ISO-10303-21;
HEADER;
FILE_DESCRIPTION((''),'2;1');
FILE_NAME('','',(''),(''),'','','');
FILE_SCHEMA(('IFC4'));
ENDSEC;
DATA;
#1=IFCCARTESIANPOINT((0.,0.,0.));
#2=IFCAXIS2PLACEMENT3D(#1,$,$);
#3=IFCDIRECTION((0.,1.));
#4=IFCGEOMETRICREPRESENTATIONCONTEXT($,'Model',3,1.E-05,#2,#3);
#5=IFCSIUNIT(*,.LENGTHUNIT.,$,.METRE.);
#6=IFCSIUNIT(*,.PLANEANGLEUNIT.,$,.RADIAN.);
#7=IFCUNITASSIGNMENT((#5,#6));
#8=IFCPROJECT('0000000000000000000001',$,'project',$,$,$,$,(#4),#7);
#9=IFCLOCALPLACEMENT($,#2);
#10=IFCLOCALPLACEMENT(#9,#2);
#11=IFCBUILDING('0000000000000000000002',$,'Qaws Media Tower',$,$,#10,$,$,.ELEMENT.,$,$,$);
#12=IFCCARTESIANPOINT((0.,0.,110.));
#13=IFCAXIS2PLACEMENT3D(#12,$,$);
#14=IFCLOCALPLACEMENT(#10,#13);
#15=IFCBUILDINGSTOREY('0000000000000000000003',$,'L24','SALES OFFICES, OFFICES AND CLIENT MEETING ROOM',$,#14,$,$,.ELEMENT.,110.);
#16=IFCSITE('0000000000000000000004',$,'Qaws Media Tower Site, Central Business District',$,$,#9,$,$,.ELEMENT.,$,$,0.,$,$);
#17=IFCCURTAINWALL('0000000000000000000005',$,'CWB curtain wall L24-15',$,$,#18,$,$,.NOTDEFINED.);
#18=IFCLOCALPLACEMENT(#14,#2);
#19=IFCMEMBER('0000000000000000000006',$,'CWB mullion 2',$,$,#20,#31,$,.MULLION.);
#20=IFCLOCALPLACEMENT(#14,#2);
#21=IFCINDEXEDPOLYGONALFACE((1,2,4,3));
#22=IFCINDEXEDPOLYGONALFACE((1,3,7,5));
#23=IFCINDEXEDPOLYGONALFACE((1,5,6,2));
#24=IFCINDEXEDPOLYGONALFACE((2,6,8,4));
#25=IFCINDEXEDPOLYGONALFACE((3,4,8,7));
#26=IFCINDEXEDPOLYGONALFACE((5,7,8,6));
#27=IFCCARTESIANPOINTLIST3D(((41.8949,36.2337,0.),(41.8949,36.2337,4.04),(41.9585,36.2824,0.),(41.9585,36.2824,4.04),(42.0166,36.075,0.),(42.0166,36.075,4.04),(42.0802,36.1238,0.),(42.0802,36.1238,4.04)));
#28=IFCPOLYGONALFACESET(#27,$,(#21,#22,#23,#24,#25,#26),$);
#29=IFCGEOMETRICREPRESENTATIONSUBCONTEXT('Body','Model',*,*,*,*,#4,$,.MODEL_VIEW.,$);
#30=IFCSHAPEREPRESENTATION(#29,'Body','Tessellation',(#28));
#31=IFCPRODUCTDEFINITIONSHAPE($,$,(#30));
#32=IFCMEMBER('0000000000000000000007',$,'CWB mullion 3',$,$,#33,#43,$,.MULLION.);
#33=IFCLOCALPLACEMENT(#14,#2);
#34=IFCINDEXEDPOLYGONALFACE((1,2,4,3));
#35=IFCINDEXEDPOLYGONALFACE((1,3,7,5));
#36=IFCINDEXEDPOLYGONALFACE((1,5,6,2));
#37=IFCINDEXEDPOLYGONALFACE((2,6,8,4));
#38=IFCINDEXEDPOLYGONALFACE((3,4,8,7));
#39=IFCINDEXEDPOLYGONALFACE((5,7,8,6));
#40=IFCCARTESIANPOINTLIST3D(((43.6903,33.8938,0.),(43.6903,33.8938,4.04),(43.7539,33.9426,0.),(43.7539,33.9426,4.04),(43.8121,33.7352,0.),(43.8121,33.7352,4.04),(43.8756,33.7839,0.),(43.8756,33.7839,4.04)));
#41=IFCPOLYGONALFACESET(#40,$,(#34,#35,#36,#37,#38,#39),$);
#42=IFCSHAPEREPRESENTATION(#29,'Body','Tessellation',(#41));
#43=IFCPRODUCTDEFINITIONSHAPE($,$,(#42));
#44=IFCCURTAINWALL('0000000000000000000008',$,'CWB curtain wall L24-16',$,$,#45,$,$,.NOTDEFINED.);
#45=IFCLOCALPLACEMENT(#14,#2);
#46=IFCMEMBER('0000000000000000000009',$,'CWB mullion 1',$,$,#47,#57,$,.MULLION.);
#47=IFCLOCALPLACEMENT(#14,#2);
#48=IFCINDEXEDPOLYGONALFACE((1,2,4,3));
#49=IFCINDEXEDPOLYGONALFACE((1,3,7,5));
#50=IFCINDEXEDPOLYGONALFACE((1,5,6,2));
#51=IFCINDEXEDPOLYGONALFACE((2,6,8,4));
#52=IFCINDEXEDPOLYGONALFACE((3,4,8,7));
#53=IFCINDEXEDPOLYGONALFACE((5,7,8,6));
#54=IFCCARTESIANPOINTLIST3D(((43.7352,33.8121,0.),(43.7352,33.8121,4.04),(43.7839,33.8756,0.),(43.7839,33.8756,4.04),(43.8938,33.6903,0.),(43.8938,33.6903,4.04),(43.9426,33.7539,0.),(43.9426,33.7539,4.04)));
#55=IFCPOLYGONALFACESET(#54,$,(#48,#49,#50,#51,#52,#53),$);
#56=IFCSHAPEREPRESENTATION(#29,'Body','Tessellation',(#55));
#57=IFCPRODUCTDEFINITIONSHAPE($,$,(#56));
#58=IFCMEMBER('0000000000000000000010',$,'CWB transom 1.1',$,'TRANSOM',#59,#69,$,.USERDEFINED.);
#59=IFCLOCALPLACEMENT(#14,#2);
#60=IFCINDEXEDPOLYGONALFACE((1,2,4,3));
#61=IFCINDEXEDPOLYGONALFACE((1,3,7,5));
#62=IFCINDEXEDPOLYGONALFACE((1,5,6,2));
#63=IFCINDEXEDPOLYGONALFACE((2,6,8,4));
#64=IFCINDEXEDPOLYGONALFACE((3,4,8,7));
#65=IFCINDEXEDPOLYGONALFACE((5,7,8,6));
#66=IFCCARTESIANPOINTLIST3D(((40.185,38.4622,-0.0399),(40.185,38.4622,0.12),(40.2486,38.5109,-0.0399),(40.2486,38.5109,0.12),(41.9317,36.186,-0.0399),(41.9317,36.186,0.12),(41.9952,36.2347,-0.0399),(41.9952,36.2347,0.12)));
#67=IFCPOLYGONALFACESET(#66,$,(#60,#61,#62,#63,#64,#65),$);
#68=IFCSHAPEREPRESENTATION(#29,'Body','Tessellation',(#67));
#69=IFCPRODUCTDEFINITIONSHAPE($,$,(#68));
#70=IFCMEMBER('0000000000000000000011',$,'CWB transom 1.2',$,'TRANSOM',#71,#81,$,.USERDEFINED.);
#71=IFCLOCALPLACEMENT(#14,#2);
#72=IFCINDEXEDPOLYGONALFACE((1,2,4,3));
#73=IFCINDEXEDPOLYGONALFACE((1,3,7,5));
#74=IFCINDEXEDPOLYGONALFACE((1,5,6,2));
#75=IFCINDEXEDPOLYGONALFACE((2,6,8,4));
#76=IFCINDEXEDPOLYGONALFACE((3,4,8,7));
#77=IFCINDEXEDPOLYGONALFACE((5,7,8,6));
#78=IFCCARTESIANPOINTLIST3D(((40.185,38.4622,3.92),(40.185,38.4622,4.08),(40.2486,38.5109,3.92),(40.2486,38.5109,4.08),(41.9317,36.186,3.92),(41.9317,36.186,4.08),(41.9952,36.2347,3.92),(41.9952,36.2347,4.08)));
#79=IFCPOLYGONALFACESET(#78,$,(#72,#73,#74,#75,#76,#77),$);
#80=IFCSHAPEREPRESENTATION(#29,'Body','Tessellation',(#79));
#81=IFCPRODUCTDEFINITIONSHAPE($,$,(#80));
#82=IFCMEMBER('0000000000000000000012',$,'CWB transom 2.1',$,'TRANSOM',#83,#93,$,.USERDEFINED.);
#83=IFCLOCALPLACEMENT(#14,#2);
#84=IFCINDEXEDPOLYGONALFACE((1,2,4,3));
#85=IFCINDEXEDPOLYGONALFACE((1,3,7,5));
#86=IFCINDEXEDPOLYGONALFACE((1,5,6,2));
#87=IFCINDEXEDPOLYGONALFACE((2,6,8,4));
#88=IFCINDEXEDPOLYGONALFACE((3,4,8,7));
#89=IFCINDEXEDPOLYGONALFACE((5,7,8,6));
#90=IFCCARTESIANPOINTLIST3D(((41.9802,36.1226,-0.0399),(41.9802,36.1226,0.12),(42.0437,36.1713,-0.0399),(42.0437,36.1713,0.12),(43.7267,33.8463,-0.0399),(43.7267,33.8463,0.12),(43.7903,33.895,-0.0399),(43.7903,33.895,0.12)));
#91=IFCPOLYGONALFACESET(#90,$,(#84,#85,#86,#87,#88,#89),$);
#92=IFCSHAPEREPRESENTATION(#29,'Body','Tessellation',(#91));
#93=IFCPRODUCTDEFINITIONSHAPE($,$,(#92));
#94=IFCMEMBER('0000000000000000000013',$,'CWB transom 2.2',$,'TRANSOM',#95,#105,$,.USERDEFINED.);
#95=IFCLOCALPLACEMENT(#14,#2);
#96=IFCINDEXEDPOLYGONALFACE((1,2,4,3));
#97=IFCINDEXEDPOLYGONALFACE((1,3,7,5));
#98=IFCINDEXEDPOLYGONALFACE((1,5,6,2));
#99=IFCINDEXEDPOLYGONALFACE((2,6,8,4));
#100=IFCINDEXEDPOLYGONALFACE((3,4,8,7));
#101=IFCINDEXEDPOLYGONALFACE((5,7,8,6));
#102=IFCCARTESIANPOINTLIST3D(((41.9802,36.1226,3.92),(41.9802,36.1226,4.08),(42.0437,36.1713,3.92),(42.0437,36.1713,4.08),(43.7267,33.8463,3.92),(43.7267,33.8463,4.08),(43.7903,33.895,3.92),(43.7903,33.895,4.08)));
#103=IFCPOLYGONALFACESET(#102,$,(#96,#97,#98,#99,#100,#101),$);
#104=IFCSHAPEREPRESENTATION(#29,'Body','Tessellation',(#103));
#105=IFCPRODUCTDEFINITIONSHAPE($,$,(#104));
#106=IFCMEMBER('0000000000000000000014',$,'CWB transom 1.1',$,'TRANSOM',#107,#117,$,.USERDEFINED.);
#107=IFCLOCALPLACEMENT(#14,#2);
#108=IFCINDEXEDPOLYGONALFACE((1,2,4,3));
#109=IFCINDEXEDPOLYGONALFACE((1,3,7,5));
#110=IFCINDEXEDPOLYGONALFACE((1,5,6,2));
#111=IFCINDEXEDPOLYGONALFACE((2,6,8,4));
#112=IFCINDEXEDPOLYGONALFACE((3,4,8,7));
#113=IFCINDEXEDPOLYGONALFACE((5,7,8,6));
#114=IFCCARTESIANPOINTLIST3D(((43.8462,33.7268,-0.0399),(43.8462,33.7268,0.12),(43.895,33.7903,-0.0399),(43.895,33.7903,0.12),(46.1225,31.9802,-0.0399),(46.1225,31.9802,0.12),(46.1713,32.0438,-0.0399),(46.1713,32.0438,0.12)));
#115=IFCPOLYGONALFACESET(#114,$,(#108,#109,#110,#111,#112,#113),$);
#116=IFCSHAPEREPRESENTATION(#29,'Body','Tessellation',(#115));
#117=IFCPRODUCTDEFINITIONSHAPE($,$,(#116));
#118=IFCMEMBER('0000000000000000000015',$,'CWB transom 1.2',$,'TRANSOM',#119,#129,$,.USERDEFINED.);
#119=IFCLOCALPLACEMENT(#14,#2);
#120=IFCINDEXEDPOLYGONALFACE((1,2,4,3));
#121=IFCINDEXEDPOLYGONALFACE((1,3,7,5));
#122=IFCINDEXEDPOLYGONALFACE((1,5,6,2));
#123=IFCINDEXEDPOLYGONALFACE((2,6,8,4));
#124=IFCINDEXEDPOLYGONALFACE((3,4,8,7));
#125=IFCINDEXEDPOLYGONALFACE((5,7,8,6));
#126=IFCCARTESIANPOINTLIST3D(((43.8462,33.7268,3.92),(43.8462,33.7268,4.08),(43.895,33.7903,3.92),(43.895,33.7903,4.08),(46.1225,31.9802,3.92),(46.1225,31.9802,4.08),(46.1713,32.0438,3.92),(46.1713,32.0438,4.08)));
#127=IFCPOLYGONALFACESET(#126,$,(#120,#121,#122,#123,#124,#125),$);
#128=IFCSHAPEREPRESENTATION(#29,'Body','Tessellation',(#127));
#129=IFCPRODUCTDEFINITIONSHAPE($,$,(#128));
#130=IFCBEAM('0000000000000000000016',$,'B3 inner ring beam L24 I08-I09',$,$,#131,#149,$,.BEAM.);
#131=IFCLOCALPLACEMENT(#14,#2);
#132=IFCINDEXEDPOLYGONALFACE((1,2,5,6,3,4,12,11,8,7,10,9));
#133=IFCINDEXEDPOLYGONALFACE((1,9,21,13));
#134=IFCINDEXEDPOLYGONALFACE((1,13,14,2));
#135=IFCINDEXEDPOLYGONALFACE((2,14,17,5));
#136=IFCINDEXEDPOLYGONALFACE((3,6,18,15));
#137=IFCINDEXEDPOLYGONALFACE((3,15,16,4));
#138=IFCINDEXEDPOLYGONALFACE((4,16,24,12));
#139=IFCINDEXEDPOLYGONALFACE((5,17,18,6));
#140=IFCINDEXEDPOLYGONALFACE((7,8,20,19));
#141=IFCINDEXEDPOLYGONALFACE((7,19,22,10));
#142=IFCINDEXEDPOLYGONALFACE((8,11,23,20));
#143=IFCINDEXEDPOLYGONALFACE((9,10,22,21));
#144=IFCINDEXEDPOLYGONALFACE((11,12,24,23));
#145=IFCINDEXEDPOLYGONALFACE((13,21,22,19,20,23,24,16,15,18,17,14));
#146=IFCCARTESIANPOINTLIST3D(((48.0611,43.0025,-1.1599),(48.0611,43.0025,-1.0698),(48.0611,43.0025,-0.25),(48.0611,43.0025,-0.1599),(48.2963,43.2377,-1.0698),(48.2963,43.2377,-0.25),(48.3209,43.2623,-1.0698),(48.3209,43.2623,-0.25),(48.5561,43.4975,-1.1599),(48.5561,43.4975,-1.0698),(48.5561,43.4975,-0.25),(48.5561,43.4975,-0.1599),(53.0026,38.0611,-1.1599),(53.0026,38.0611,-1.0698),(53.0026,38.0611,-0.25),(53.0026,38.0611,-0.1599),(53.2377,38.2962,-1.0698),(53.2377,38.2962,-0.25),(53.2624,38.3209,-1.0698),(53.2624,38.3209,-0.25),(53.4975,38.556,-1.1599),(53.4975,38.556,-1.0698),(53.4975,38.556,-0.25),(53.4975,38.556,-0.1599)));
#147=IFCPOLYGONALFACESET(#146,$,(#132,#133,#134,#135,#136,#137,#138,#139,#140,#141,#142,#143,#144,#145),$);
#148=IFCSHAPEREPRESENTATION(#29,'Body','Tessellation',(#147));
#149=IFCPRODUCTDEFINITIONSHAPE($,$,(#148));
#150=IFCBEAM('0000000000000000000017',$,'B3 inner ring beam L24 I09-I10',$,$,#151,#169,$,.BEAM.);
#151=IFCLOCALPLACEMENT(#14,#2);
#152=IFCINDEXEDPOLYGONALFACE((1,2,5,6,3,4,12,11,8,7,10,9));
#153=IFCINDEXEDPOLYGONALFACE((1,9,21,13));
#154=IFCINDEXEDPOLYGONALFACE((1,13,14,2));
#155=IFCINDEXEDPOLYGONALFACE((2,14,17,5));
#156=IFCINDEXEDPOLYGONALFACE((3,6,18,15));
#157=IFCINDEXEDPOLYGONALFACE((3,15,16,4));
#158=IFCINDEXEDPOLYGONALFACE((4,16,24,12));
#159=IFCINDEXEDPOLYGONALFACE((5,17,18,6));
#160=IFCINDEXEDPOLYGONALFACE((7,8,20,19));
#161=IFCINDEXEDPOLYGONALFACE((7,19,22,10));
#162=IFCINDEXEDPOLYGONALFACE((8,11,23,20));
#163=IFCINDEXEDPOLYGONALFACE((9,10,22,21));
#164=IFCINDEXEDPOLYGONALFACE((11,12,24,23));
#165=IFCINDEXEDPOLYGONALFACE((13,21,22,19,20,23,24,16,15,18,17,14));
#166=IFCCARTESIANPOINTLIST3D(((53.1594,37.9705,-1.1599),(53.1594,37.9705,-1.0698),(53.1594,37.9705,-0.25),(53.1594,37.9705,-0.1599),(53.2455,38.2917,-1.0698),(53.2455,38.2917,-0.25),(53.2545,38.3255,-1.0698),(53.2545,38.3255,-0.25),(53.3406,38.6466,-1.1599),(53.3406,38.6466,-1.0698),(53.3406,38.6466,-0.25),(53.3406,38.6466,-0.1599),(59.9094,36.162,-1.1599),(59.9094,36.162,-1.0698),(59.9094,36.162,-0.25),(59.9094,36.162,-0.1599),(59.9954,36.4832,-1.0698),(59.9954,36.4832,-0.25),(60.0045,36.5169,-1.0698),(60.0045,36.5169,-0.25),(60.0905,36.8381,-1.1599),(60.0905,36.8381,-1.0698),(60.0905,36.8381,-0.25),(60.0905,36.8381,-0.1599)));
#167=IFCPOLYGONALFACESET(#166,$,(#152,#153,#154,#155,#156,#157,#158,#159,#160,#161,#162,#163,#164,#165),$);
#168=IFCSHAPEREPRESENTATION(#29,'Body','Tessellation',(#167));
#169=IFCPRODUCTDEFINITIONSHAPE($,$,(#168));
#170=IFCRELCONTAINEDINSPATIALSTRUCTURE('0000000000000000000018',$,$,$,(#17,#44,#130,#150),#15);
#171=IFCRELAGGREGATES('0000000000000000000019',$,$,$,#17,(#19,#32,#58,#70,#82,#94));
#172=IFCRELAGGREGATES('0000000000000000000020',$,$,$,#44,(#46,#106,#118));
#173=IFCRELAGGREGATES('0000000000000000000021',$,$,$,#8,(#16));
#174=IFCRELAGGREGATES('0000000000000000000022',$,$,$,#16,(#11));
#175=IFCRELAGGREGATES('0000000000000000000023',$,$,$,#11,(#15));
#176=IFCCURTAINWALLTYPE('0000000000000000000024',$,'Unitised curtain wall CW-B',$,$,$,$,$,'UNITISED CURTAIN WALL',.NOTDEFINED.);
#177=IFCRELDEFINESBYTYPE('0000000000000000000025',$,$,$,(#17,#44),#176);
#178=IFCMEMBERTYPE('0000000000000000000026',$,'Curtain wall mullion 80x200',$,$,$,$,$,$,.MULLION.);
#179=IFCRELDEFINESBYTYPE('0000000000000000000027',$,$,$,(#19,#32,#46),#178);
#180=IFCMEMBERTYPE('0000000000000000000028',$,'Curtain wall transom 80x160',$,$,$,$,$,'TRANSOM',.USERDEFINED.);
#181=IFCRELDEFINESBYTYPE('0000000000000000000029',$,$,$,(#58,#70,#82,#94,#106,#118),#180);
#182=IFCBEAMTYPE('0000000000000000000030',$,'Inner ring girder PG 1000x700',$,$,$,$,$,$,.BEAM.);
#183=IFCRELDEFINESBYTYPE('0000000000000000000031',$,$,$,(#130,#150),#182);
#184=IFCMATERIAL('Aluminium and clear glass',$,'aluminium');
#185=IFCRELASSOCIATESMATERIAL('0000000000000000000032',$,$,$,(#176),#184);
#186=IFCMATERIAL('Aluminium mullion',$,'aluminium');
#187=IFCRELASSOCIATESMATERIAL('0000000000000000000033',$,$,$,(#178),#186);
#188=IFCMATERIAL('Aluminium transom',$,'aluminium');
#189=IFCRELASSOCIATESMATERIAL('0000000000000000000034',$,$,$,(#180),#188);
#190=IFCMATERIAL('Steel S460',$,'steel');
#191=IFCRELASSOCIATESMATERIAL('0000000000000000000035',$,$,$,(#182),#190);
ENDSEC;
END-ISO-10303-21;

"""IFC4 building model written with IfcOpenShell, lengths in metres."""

from ifc_helpers import new_model, si_unit, direction, frame, origin, origin_2d, place, context, subcontext, project, spatial, rectangle, i_section, extrude, material, material_profile, profile_set, type_object, element, aggregate, save


model = new_model("IFC4")

# Units and contexts
model_context = context("Model", 3, precision=1e-05, world=origin(), true_north=direction((0.0, 1.0)))
body_context = subcontext(model_context, "Body", "Model", "MODEL_VIEW")
ifc_project = project(units=[si_unit("LENGTHUNIT", "METRE"), si_unit("PLANEANGLEUNIT", "RADIAN")], contexts=[model_context])

# Site, building, storey
site_placement = place(None, origin())
site = spatial("IfcSite", under=ifc_project, at=site_placement, Name="Qaws Media Tower Site, Central Business District", CompositionType="ELEMENT", RefElevation=0.0)
building_placement = place(site_placement, origin())
building = spatial("IfcBuilding", under=site, at=building_placement, Name="Qaws Media Tower", CompositionType="ELEMENT")
storey_placement = place(building_placement, frame((0.0, 0.0, 110.0)))
storey = spatial("IfcBuildingStorey", under=building, at=storey_placement, Name="L24", Description="SALES OFFICES, OFFICES AND CLIENT MEETING ROOM", CompositionType="ELEMENT", Elevation=110.0)

# Shared definitions
ifc_material_1 = material(Name="Aluminium and clear glass", Category="aluminium")
curtain_wall_type = type_object("IfcCurtainWallType", Name="Unitised curtain wall CW-B", ElementType="UNITISED CURTAIN WALL", PredefinedType="NOTDEFINED", material=ifc_material_1)
ifc_material_2 = material(Name="Aluminium mullion", Category="aluminium")
ifc_material_profile_1 = material_profile(ifc_material_2, rectangle(XDim=0.0801, YDim=0.2, at=origin_2d()), Name="80x200")
ifc_profile_set_1 = profile_set([ifc_material_profile_1], Name="Aluminium mullion")
member_type_1 = type_object("IfcMemberType", Name="Curtain wall mullion 80x200", PredefinedType="MULLION", material=ifc_profile_set_1)

# Curtain wall, members
curtain_wall_1_placement = place(storey_placement, origin())
curtain_wall_1 = element("IfcCurtainWall", 1, at=curtain_wall_1_placement, inside=storey, type_object=curtain_wall_type, Name="CWB curtain wall L24-15", PredefinedType="NOTDEFINED")
member_1_placement = place(storey_placement, frame((41.9875, 36.1787, 0.0), z_axis=(0.0, 0.0, 1.0), x_axis=(0.793353, 0.608762, 0.0)))
member_1 = element("IfcMember", 2, at=member_1_placement, type_object=member_type_1, Name="CWB mullion 2", PredefinedType="MULLION", context=body_context, shape_type="SweptSolid", body=[
    extrude(rectangle(XDim=0.0801, YDim=0.2, at=origin_2d()), origin(), (0.0, 0.0, 1.0), 4.04),
])
member_2_placement = place(storey_placement, frame((43.783, 33.8389, 0.0), z_axis=(0.0, 0.0, 1.0), x_axis=(0.793353, 0.608762, 0.0)))
member_2 = element("IfcMember", 3, at=member_2_placement, type_object=member_type_1, Name="CWB mullion 3", PredefinedType="MULLION", context=body_context, shape_type="SweptSolid", body=[
    extrude(rectangle(XDim=0.0801, YDim=0.2, at=origin_2d()), origin(), (0.0, 0.0, 1.0), 4.04),
])

# Curtain wall, member
curtain_wall_2_placement = place(storey_placement, origin())
curtain_wall_2 = element("IfcCurtainWall", 4, at=curtain_wall_2_placement, inside=storey, type_object=curtain_wall_type, Name="CWB curtain wall L24-16", PredefinedType="NOTDEFINED")
member_3_placement = place(storey_placement, frame((43.8389, 33.783, 0.0), z_axis=(0.0, 0.0, 1.0), x_axis=(0.608762, 0.793353, 0.0)))
member_3 = element("IfcMember", 5, at=member_3_placement, type_object=member_type_1, Name="CWB mullion 1", PredefinedType="MULLION", context=body_context, shape_type="SweptSolid", body=[
    extrude(rectangle(XDim=0.0801, YDim=0.2, at=origin_2d()), origin(), (0.0, 0.0, 1.0), 4.04),
])

# Members
ifc_material_3 = material(Name="Aluminium transom", Category="aluminium")
ifc_material_profile_2 = material_profile(ifc_material_3, rectangle(XDim=0.0801, YDim=0.1599, at=origin_2d()), Name="80x160")
ifc_profile_set_2 = profile_set([ifc_material_profile_2], Name="Aluminium transom")
member_type_2 = type_object("IfcMemberType", Name="Curtain wall transom 80x160", ElementType="TRANSOM", PredefinedType="USERDEFINED", material=ifc_profile_set_2)
member_4_placement = place(storey_placement, frame((40.2168, 38.4866, 0.04), z_axis=(0.608773, -0.793345, 0.0), x_axis=(0.793345, 0.608773, 0.0)))
member_4 = element("IfcMember", 6, at=member_4_placement, type_object=member_type_2, Name="CWB transom 1.1", ObjectType="TRANSOM", PredefinedType="USERDEFINED", context=body_context, shape_type="SweptSolid", body=[
    extrude(rectangle(XDim=0.0801, YDim=0.1599, at=origin_2d()), origin(), (0.0, 0.0, 1.0), 2.8691),
])
member_5_placement = place(storey_placement, frame((40.2168, 38.4866, 4.0), z_axis=(0.608773, -0.793345, 0.0), x_axis=(0.793345, 0.608773, 0.0)))
member_5 = element("IfcMember", 7, at=member_5_placement, type_object=member_type_2, Name="CWB transom 1.2", ObjectType="TRANSOM", PredefinedType="USERDEFINED", context=body_context, shape_type="SweptSolid", body=[
    extrude(rectangle(XDim=0.0801, YDim=0.1599, at=origin_2d()), origin(), (0.0, 0.0, 1.0), 2.8691),
])
member_6_placement = place(storey_placement, frame((42.012, 36.147, 0.04), z_axis=(0.608732, -0.793376, 0.0), x_axis=(0.793376, 0.608732, 0.0)))
member_6 = element("IfcMember", 8, at=member_6_placement, type_object=member_type_2, Name="CWB transom 2.1", ObjectType="TRANSOM", PredefinedType="USERDEFINED", context=body_context, shape_type="SweptSolid", body=[
    extrude(rectangle(XDim=0.0801, YDim=0.1599, at=origin_2d()), origin(), (0.0, 0.0, 1.0), 2.8691),
])
member_7_placement = place(storey_placement, frame((42.012, 36.147, 4.0), z_axis=(0.608732, -0.793376, 0.0), x_axis=(0.793376, 0.608732, 0.0)))
member_7 = element("IfcMember", 9, at=member_7_placement, type_object=member_type_2, Name="CWB transom 2.2", ObjectType="TRANSOM", PredefinedType="USERDEFINED", context=body_context, shape_type="SweptSolid", body=[
    extrude(rectangle(XDim=0.0801, YDim=0.1599, at=origin_2d()), origin(), (0.0, 0.0, 1.0), 2.8691),
])
member_8_placement = place(storey_placement, frame((43.8706, 33.7585, 0.04), z_axis=(0.793376, -0.608732, 0.0), x_axis=(0.608732, 0.793376, 0.0)))
member_8 = element("IfcMember", 10, at=member_8_placement, type_object=member_type_2, Name="CWB transom 1.1", ObjectType="TRANSOM", PredefinedType="USERDEFINED", context=body_context, shape_type="SweptSolid", body=[
    extrude(rectangle(XDim=0.0801, YDim=0.1599, at=origin_2d()), origin(), (0.0, 0.0, 1.0), 2.8691),
])
member_9_placement = place(storey_placement, frame((43.8706, 33.7585, 4.0), z_axis=(0.793376, -0.608732, 0.0), x_axis=(0.608732, 0.793376, 0.0)))
member_9 = element("IfcMember", 11, at=member_9_placement, type_object=member_type_2, Name="CWB transom 1.2", ObjectType="TRANSOM", PredefinedType="USERDEFINED", context=body_context, shape_type="SweptSolid", body=[
    extrude(rectangle(XDim=0.0801, YDim=0.1599, at=origin_2d()), origin(), (0.0, 0.0, 1.0), 2.8691),
])

# Beams
ifc_material_4 = material(Name="Steel S460", Category="steel")
ifc_material_profile_3 = material_profile(ifc_material_4, i_section(OverallWidth=0.7, OverallDepth=1.0, WebThickness=0.0349, FlangeThickness=0.0901, at=origin_2d()), Name="PG 1000x700")
ifc_profile_set_3 = profile_set([ifc_material_profile_3], Name="Steel S460")
beam_type_1 = type_object("IfcBeamType", Name="Inner ring girder PG 1000x700", PredefinedType="BEAM", material=ifc_profile_set_3)
beam_1_placement = place(storey_placement, frame((48.3086, 43.25, -0.6599), z_axis=(0.707107, -0.707107, 0.0), x_axis=(0.707107, 0.707107, 0.0)))
element("IfcBeam", 12, at=beam_1_placement, inside=storey, type_object=beam_type_1, Name="B3 inner ring beam L24 I08-I09", PredefinedType="BEAM", context=body_context, shape_type="SweptSolid", body=[
    extrude(i_section(OverallWidth=0.7, OverallDepth=1.0, WebThickness=0.0349, FlangeThickness=0.0901, at=origin_2d()), origin(), (0.0, 0.0, 1.0), 6.9883),
])
beam_2_placement = place(storey_placement, frame((53.25, 38.3086, -0.6599), z_axis=(0.965928, -0.258811, 0.0), x_axis=(0.258811, 0.965928, 0.0)))
element("IfcBeam", 13, at=beam_2_placement, inside=storey, type_object=beam_type_1, Name="B3 inner ring beam L24 I09-I10", PredefinedType="BEAM", context=body_context, shape_type="SweptSolid", body=[
    extrude(i_section(OverallWidth=0.7, OverallDepth=1.0, WebThickness=0.0349, FlangeThickness=0.0901, at=origin_2d()), origin(), (0.0, 0.0, 1.0), 6.988),
])

aggregate(curtain_wall_1, [member_1, member_2, member_4, member_5, member_6, member_7])
aggregate(curtain_wall_2, [member_3, member_8, member_9])

save(model, "model.ifc")
